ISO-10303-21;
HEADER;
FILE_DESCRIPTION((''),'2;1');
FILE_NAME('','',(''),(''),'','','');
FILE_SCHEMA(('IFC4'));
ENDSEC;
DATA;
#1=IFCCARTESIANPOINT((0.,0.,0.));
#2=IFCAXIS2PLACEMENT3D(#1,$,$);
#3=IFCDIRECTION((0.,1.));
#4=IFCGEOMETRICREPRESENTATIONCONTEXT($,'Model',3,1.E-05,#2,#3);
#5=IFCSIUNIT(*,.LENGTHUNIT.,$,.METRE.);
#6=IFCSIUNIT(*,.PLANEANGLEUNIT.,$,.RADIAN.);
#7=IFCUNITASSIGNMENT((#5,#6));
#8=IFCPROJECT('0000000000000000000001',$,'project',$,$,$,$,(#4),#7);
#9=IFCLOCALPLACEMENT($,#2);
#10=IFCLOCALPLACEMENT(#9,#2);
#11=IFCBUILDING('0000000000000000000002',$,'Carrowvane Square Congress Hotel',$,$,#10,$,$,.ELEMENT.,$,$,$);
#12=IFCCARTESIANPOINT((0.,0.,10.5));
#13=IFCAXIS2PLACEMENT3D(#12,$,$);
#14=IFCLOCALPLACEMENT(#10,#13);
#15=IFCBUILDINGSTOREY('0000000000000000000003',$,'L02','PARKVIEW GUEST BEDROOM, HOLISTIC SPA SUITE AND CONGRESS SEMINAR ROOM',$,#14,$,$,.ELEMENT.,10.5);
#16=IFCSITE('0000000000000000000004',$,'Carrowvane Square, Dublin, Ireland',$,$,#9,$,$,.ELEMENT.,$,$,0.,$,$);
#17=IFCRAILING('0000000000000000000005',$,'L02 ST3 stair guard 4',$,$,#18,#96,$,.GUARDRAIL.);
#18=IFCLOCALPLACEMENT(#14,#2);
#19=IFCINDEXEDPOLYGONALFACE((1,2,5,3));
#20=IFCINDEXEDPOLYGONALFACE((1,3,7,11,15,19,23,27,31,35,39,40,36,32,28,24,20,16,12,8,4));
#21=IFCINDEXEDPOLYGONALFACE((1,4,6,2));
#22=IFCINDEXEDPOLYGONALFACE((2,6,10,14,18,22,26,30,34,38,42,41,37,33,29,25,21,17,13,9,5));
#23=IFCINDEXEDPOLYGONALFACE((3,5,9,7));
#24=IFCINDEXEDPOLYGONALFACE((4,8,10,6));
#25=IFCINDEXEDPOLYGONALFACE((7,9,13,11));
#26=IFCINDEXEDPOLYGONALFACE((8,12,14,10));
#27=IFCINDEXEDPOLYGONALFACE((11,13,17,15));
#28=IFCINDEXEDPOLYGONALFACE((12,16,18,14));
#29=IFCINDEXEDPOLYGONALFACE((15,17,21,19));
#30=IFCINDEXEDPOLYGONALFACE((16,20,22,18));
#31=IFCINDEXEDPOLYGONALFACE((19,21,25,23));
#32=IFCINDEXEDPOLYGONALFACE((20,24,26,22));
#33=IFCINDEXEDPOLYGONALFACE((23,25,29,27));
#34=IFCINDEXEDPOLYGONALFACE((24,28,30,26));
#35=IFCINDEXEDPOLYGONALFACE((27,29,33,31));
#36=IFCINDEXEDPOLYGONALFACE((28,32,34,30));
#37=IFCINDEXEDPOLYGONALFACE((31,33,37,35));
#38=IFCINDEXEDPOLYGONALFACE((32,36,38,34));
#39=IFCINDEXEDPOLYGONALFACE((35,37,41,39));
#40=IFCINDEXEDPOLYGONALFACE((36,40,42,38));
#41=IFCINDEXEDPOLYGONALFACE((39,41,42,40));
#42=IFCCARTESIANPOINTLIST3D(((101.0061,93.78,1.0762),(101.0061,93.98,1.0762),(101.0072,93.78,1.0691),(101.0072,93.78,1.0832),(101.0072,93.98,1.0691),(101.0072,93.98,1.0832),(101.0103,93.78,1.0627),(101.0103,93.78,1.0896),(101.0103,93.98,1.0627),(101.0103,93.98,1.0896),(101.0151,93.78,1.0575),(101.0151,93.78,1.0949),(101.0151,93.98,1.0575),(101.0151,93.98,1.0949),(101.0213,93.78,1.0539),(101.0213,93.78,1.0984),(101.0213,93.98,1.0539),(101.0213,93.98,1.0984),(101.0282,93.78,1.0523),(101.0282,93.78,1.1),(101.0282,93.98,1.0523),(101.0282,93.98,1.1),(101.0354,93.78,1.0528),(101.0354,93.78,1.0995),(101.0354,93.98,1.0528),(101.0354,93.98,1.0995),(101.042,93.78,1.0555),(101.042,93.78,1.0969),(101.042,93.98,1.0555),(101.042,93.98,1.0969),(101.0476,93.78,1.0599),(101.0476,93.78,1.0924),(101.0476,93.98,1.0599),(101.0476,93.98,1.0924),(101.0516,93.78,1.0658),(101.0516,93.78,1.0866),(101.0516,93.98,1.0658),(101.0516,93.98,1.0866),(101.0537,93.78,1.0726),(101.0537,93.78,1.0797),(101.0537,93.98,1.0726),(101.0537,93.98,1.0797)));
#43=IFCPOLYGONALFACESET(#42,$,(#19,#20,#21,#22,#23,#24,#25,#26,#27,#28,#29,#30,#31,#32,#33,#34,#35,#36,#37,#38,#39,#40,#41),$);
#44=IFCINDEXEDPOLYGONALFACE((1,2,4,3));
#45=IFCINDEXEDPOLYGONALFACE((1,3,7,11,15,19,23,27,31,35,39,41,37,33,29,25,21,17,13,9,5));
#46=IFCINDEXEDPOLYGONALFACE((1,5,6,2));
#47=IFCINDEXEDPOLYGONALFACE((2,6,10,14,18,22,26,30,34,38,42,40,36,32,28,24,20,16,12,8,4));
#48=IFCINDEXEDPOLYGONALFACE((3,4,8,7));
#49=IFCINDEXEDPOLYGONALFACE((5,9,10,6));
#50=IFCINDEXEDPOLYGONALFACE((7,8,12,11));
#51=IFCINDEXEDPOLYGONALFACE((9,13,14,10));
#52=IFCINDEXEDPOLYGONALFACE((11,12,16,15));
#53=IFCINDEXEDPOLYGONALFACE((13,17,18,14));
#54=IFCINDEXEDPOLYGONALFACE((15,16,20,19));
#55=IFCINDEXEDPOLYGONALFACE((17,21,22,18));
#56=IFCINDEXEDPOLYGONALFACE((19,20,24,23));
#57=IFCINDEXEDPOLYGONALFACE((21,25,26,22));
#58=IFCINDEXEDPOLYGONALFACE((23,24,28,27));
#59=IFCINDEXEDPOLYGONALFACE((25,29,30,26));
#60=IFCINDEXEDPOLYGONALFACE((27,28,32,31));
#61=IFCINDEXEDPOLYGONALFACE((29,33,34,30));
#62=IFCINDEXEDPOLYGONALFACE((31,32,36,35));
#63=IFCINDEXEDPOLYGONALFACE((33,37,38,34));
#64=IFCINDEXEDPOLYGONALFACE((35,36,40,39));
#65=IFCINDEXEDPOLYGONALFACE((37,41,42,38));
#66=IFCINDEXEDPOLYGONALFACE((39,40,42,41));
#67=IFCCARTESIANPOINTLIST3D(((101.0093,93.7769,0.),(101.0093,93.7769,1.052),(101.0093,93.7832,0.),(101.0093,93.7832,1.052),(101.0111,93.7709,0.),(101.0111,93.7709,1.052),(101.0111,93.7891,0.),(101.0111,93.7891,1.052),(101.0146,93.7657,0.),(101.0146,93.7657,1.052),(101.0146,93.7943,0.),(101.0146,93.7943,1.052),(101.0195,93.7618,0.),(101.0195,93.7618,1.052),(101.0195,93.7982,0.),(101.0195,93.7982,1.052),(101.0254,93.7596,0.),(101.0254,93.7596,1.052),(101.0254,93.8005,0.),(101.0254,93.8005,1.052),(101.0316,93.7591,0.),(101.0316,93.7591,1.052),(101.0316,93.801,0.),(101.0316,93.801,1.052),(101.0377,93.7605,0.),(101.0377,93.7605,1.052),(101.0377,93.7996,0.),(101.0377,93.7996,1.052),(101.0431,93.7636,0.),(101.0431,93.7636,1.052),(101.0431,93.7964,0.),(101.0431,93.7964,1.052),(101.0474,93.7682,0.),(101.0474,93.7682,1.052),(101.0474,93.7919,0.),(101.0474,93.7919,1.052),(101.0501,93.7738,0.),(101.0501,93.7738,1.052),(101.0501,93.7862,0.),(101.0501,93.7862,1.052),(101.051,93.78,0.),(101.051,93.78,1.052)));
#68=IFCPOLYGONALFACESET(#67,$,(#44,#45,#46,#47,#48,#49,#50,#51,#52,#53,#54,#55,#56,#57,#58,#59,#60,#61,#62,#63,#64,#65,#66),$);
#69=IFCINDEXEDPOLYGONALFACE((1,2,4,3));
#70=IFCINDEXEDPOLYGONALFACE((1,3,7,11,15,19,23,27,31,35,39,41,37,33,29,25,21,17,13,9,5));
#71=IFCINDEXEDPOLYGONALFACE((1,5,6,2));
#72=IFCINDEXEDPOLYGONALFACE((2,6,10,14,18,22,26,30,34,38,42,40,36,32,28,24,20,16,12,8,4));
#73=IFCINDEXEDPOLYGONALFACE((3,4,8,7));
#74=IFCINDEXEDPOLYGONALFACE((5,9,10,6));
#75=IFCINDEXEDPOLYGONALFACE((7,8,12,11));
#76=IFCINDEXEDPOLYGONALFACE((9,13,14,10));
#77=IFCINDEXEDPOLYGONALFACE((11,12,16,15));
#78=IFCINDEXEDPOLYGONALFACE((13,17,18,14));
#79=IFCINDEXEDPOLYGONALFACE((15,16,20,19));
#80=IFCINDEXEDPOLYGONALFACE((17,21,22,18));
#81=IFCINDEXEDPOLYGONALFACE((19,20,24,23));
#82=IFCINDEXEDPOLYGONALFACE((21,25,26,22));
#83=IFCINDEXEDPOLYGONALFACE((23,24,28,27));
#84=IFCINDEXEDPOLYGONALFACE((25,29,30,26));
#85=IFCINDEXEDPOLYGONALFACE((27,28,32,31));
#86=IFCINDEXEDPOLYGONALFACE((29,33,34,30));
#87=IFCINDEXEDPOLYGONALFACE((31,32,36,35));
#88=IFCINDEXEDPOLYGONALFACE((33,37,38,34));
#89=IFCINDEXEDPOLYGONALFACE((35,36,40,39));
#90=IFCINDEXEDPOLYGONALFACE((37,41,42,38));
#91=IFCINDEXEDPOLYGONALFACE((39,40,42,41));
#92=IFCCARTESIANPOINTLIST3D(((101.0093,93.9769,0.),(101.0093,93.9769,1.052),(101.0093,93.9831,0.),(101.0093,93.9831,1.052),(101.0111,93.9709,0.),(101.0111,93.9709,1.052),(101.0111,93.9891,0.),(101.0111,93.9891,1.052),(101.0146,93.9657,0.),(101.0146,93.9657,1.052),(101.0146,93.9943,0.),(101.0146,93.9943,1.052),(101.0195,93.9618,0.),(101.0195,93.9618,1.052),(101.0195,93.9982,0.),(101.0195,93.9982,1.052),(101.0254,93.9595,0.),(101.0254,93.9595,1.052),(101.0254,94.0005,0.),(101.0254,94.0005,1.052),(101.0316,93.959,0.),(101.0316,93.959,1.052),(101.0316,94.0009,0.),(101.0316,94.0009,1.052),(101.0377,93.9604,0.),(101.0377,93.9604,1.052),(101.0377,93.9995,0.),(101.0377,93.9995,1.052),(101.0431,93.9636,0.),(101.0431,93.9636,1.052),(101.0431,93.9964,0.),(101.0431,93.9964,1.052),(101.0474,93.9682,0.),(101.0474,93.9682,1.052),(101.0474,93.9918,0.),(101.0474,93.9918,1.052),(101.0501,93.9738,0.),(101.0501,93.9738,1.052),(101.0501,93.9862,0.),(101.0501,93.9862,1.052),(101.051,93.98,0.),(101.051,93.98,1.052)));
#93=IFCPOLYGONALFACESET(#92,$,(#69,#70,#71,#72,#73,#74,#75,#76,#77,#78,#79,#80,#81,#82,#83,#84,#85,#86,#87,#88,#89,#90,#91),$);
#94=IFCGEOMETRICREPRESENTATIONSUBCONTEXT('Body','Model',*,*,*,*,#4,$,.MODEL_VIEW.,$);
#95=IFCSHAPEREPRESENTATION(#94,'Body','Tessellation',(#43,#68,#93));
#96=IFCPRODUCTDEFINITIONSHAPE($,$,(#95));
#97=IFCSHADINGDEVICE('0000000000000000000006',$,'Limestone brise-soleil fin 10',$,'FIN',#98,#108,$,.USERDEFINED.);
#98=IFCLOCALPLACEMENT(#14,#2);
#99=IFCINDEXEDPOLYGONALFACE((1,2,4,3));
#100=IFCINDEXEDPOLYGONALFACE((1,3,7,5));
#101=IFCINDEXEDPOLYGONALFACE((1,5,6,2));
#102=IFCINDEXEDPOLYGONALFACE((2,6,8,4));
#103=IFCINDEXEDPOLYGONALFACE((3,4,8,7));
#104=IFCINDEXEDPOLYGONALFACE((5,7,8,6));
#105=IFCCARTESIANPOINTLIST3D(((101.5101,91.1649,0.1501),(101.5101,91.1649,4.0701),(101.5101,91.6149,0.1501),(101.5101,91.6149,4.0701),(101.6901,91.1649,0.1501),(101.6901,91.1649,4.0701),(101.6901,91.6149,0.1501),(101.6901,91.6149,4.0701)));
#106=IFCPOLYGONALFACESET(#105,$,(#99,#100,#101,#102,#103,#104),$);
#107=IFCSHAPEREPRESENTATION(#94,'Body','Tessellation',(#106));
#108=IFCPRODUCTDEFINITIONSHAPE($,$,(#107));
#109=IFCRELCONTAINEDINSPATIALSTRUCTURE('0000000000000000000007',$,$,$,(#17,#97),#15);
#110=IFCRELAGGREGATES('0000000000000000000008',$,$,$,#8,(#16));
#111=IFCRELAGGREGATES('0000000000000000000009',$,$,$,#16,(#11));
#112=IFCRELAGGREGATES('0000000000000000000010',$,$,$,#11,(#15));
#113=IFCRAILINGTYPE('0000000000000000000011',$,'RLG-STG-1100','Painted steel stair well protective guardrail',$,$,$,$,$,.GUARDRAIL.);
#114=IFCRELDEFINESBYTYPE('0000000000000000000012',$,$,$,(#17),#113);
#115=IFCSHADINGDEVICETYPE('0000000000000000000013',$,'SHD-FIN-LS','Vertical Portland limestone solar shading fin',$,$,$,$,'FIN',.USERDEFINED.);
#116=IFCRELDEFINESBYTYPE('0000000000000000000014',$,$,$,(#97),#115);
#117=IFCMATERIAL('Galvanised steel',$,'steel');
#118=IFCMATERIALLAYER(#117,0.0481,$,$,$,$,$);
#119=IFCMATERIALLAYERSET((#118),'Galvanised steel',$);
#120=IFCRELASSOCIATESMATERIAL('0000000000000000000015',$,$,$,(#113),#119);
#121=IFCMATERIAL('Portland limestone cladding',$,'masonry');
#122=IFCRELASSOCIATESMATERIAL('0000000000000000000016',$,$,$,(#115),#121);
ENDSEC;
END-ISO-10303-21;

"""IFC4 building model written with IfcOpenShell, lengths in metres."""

from ifc_helpers import new_model, si_unit, direction, frame, origin, origin_2d, place, context, subcontext, project, spatial, rectangle, circle, extrude, material, layer, layer_set, type_object, element, save


model = new_model("IFC4")

# Units and contexts
model_context = context("Model", 3, precision=1e-05, world=origin(), true_north=direction((0.0, 1.0)))
body_context = subcontext(model_context, "Body", "Model", "MODEL_VIEW")
ifc_project = project(units=[si_unit("LENGTHUNIT", "METRE"), si_unit("PLANEANGLEUNIT", "RADIAN")], contexts=[model_context])

# Site, building, storey
site_placement = place(None, origin())
site = spatial("IfcSite", under=ifc_project, at=site_placement, Name="Carrowvane Square, Dublin, Ireland", CompositionType="ELEMENT", RefElevation=0.0)
building_placement = place(site_placement, origin())
building = spatial("IfcBuilding", under=site, at=building_placement, Name="Carrowvane Square Congress Hotel", CompositionType="ELEMENT")
storey_placement = place(building_placement, frame((0.0, 0.0, 10.5)))
storey = spatial("IfcBuildingStorey", under=building, at=storey_placement, Name="L02", Description="PARKVIEW GUEST BEDROOM, HOLISTIC SPA SUITE AND CONGRESS SEMINAR ROOM", CompositionType="ELEMENT", Elevation=10.5)

# Railing
ifc_material_1 = material(Name="Galvanised steel", Category="steel")
ifc_layer_1 = layer(ifc_material_1, 0.0481)
ifc_layer_set_1 = layer_set([ifc_layer_1], Name="Galvanised steel")
railing_type_1 = type_object("IfcRailingType", Name="RLG-STG-1100", Description="Painted steel stair well protective guardrail", PredefinedType="GUARDRAIL", material=ifc_layer_set_1)
railing_1_placement = place(storey_placement, frame((101.03, 93.78, 0.0)))
element("IfcRailing", 1, at=railing_1_placement, inside=storey, type_object=railing_type_1, Name="L02 ST3 stair guard 4", PredefinedType="GUARDRAIL", context=body_context, shape_type="SweptSolid", body=[
    extrude(circle(Radius=0.0239, at=origin_2d()), frame((0.0, 0.0, 1.0762), z_axis=(0.0, 1.0, 0.0), x_axis=(-1.0, 0.0, 0.0)), (0.0, 0.0, 1.0), 0.2),
    extrude(circle(Radius=0.021, at=origin_2d()), origin(), (0.0, 0.0, 1.0), 1.052),
    extrude(circle(Radius=0.021, at=origin_2d()), frame((0.0, 0.2, 0.0)), (0.0, 0.0, 1.0), 1.052),
])

# Shading device
ifc_material_2 = material(Name="Portland limestone cladding", Category="masonry")
shading_device_type = type_object("IfcShadingDeviceType", Name="SHD-FIN-LS", Description="Vertical Portland limestone solar shading fin", ElementType="FIN", PredefinedType="USERDEFINED", material=ifc_material_2)
shading_device_placement = place(storey_placement, frame((101.6001, 91.3899, 0.1501), z_axis=(0.0, 0.0, 1.0), x_axis=(-1.0, 0.0, 0.0)))
element("IfcShadingDevice", 2, at=shading_device_placement, inside=storey, type_object=shading_device_type, Name="Limestone brise-soleil fin 10", ObjectType="FIN", PredefinedType="USERDEFINED", context=body_context, shape_type="SweptSolid", body=[
    extrude(rectangle(XDim=0.1799, YDim=0.45, at=origin_2d()), origin(), (0.0, 0.0, 1.0), 3.9199),
])

save(model, "model.ifc")
